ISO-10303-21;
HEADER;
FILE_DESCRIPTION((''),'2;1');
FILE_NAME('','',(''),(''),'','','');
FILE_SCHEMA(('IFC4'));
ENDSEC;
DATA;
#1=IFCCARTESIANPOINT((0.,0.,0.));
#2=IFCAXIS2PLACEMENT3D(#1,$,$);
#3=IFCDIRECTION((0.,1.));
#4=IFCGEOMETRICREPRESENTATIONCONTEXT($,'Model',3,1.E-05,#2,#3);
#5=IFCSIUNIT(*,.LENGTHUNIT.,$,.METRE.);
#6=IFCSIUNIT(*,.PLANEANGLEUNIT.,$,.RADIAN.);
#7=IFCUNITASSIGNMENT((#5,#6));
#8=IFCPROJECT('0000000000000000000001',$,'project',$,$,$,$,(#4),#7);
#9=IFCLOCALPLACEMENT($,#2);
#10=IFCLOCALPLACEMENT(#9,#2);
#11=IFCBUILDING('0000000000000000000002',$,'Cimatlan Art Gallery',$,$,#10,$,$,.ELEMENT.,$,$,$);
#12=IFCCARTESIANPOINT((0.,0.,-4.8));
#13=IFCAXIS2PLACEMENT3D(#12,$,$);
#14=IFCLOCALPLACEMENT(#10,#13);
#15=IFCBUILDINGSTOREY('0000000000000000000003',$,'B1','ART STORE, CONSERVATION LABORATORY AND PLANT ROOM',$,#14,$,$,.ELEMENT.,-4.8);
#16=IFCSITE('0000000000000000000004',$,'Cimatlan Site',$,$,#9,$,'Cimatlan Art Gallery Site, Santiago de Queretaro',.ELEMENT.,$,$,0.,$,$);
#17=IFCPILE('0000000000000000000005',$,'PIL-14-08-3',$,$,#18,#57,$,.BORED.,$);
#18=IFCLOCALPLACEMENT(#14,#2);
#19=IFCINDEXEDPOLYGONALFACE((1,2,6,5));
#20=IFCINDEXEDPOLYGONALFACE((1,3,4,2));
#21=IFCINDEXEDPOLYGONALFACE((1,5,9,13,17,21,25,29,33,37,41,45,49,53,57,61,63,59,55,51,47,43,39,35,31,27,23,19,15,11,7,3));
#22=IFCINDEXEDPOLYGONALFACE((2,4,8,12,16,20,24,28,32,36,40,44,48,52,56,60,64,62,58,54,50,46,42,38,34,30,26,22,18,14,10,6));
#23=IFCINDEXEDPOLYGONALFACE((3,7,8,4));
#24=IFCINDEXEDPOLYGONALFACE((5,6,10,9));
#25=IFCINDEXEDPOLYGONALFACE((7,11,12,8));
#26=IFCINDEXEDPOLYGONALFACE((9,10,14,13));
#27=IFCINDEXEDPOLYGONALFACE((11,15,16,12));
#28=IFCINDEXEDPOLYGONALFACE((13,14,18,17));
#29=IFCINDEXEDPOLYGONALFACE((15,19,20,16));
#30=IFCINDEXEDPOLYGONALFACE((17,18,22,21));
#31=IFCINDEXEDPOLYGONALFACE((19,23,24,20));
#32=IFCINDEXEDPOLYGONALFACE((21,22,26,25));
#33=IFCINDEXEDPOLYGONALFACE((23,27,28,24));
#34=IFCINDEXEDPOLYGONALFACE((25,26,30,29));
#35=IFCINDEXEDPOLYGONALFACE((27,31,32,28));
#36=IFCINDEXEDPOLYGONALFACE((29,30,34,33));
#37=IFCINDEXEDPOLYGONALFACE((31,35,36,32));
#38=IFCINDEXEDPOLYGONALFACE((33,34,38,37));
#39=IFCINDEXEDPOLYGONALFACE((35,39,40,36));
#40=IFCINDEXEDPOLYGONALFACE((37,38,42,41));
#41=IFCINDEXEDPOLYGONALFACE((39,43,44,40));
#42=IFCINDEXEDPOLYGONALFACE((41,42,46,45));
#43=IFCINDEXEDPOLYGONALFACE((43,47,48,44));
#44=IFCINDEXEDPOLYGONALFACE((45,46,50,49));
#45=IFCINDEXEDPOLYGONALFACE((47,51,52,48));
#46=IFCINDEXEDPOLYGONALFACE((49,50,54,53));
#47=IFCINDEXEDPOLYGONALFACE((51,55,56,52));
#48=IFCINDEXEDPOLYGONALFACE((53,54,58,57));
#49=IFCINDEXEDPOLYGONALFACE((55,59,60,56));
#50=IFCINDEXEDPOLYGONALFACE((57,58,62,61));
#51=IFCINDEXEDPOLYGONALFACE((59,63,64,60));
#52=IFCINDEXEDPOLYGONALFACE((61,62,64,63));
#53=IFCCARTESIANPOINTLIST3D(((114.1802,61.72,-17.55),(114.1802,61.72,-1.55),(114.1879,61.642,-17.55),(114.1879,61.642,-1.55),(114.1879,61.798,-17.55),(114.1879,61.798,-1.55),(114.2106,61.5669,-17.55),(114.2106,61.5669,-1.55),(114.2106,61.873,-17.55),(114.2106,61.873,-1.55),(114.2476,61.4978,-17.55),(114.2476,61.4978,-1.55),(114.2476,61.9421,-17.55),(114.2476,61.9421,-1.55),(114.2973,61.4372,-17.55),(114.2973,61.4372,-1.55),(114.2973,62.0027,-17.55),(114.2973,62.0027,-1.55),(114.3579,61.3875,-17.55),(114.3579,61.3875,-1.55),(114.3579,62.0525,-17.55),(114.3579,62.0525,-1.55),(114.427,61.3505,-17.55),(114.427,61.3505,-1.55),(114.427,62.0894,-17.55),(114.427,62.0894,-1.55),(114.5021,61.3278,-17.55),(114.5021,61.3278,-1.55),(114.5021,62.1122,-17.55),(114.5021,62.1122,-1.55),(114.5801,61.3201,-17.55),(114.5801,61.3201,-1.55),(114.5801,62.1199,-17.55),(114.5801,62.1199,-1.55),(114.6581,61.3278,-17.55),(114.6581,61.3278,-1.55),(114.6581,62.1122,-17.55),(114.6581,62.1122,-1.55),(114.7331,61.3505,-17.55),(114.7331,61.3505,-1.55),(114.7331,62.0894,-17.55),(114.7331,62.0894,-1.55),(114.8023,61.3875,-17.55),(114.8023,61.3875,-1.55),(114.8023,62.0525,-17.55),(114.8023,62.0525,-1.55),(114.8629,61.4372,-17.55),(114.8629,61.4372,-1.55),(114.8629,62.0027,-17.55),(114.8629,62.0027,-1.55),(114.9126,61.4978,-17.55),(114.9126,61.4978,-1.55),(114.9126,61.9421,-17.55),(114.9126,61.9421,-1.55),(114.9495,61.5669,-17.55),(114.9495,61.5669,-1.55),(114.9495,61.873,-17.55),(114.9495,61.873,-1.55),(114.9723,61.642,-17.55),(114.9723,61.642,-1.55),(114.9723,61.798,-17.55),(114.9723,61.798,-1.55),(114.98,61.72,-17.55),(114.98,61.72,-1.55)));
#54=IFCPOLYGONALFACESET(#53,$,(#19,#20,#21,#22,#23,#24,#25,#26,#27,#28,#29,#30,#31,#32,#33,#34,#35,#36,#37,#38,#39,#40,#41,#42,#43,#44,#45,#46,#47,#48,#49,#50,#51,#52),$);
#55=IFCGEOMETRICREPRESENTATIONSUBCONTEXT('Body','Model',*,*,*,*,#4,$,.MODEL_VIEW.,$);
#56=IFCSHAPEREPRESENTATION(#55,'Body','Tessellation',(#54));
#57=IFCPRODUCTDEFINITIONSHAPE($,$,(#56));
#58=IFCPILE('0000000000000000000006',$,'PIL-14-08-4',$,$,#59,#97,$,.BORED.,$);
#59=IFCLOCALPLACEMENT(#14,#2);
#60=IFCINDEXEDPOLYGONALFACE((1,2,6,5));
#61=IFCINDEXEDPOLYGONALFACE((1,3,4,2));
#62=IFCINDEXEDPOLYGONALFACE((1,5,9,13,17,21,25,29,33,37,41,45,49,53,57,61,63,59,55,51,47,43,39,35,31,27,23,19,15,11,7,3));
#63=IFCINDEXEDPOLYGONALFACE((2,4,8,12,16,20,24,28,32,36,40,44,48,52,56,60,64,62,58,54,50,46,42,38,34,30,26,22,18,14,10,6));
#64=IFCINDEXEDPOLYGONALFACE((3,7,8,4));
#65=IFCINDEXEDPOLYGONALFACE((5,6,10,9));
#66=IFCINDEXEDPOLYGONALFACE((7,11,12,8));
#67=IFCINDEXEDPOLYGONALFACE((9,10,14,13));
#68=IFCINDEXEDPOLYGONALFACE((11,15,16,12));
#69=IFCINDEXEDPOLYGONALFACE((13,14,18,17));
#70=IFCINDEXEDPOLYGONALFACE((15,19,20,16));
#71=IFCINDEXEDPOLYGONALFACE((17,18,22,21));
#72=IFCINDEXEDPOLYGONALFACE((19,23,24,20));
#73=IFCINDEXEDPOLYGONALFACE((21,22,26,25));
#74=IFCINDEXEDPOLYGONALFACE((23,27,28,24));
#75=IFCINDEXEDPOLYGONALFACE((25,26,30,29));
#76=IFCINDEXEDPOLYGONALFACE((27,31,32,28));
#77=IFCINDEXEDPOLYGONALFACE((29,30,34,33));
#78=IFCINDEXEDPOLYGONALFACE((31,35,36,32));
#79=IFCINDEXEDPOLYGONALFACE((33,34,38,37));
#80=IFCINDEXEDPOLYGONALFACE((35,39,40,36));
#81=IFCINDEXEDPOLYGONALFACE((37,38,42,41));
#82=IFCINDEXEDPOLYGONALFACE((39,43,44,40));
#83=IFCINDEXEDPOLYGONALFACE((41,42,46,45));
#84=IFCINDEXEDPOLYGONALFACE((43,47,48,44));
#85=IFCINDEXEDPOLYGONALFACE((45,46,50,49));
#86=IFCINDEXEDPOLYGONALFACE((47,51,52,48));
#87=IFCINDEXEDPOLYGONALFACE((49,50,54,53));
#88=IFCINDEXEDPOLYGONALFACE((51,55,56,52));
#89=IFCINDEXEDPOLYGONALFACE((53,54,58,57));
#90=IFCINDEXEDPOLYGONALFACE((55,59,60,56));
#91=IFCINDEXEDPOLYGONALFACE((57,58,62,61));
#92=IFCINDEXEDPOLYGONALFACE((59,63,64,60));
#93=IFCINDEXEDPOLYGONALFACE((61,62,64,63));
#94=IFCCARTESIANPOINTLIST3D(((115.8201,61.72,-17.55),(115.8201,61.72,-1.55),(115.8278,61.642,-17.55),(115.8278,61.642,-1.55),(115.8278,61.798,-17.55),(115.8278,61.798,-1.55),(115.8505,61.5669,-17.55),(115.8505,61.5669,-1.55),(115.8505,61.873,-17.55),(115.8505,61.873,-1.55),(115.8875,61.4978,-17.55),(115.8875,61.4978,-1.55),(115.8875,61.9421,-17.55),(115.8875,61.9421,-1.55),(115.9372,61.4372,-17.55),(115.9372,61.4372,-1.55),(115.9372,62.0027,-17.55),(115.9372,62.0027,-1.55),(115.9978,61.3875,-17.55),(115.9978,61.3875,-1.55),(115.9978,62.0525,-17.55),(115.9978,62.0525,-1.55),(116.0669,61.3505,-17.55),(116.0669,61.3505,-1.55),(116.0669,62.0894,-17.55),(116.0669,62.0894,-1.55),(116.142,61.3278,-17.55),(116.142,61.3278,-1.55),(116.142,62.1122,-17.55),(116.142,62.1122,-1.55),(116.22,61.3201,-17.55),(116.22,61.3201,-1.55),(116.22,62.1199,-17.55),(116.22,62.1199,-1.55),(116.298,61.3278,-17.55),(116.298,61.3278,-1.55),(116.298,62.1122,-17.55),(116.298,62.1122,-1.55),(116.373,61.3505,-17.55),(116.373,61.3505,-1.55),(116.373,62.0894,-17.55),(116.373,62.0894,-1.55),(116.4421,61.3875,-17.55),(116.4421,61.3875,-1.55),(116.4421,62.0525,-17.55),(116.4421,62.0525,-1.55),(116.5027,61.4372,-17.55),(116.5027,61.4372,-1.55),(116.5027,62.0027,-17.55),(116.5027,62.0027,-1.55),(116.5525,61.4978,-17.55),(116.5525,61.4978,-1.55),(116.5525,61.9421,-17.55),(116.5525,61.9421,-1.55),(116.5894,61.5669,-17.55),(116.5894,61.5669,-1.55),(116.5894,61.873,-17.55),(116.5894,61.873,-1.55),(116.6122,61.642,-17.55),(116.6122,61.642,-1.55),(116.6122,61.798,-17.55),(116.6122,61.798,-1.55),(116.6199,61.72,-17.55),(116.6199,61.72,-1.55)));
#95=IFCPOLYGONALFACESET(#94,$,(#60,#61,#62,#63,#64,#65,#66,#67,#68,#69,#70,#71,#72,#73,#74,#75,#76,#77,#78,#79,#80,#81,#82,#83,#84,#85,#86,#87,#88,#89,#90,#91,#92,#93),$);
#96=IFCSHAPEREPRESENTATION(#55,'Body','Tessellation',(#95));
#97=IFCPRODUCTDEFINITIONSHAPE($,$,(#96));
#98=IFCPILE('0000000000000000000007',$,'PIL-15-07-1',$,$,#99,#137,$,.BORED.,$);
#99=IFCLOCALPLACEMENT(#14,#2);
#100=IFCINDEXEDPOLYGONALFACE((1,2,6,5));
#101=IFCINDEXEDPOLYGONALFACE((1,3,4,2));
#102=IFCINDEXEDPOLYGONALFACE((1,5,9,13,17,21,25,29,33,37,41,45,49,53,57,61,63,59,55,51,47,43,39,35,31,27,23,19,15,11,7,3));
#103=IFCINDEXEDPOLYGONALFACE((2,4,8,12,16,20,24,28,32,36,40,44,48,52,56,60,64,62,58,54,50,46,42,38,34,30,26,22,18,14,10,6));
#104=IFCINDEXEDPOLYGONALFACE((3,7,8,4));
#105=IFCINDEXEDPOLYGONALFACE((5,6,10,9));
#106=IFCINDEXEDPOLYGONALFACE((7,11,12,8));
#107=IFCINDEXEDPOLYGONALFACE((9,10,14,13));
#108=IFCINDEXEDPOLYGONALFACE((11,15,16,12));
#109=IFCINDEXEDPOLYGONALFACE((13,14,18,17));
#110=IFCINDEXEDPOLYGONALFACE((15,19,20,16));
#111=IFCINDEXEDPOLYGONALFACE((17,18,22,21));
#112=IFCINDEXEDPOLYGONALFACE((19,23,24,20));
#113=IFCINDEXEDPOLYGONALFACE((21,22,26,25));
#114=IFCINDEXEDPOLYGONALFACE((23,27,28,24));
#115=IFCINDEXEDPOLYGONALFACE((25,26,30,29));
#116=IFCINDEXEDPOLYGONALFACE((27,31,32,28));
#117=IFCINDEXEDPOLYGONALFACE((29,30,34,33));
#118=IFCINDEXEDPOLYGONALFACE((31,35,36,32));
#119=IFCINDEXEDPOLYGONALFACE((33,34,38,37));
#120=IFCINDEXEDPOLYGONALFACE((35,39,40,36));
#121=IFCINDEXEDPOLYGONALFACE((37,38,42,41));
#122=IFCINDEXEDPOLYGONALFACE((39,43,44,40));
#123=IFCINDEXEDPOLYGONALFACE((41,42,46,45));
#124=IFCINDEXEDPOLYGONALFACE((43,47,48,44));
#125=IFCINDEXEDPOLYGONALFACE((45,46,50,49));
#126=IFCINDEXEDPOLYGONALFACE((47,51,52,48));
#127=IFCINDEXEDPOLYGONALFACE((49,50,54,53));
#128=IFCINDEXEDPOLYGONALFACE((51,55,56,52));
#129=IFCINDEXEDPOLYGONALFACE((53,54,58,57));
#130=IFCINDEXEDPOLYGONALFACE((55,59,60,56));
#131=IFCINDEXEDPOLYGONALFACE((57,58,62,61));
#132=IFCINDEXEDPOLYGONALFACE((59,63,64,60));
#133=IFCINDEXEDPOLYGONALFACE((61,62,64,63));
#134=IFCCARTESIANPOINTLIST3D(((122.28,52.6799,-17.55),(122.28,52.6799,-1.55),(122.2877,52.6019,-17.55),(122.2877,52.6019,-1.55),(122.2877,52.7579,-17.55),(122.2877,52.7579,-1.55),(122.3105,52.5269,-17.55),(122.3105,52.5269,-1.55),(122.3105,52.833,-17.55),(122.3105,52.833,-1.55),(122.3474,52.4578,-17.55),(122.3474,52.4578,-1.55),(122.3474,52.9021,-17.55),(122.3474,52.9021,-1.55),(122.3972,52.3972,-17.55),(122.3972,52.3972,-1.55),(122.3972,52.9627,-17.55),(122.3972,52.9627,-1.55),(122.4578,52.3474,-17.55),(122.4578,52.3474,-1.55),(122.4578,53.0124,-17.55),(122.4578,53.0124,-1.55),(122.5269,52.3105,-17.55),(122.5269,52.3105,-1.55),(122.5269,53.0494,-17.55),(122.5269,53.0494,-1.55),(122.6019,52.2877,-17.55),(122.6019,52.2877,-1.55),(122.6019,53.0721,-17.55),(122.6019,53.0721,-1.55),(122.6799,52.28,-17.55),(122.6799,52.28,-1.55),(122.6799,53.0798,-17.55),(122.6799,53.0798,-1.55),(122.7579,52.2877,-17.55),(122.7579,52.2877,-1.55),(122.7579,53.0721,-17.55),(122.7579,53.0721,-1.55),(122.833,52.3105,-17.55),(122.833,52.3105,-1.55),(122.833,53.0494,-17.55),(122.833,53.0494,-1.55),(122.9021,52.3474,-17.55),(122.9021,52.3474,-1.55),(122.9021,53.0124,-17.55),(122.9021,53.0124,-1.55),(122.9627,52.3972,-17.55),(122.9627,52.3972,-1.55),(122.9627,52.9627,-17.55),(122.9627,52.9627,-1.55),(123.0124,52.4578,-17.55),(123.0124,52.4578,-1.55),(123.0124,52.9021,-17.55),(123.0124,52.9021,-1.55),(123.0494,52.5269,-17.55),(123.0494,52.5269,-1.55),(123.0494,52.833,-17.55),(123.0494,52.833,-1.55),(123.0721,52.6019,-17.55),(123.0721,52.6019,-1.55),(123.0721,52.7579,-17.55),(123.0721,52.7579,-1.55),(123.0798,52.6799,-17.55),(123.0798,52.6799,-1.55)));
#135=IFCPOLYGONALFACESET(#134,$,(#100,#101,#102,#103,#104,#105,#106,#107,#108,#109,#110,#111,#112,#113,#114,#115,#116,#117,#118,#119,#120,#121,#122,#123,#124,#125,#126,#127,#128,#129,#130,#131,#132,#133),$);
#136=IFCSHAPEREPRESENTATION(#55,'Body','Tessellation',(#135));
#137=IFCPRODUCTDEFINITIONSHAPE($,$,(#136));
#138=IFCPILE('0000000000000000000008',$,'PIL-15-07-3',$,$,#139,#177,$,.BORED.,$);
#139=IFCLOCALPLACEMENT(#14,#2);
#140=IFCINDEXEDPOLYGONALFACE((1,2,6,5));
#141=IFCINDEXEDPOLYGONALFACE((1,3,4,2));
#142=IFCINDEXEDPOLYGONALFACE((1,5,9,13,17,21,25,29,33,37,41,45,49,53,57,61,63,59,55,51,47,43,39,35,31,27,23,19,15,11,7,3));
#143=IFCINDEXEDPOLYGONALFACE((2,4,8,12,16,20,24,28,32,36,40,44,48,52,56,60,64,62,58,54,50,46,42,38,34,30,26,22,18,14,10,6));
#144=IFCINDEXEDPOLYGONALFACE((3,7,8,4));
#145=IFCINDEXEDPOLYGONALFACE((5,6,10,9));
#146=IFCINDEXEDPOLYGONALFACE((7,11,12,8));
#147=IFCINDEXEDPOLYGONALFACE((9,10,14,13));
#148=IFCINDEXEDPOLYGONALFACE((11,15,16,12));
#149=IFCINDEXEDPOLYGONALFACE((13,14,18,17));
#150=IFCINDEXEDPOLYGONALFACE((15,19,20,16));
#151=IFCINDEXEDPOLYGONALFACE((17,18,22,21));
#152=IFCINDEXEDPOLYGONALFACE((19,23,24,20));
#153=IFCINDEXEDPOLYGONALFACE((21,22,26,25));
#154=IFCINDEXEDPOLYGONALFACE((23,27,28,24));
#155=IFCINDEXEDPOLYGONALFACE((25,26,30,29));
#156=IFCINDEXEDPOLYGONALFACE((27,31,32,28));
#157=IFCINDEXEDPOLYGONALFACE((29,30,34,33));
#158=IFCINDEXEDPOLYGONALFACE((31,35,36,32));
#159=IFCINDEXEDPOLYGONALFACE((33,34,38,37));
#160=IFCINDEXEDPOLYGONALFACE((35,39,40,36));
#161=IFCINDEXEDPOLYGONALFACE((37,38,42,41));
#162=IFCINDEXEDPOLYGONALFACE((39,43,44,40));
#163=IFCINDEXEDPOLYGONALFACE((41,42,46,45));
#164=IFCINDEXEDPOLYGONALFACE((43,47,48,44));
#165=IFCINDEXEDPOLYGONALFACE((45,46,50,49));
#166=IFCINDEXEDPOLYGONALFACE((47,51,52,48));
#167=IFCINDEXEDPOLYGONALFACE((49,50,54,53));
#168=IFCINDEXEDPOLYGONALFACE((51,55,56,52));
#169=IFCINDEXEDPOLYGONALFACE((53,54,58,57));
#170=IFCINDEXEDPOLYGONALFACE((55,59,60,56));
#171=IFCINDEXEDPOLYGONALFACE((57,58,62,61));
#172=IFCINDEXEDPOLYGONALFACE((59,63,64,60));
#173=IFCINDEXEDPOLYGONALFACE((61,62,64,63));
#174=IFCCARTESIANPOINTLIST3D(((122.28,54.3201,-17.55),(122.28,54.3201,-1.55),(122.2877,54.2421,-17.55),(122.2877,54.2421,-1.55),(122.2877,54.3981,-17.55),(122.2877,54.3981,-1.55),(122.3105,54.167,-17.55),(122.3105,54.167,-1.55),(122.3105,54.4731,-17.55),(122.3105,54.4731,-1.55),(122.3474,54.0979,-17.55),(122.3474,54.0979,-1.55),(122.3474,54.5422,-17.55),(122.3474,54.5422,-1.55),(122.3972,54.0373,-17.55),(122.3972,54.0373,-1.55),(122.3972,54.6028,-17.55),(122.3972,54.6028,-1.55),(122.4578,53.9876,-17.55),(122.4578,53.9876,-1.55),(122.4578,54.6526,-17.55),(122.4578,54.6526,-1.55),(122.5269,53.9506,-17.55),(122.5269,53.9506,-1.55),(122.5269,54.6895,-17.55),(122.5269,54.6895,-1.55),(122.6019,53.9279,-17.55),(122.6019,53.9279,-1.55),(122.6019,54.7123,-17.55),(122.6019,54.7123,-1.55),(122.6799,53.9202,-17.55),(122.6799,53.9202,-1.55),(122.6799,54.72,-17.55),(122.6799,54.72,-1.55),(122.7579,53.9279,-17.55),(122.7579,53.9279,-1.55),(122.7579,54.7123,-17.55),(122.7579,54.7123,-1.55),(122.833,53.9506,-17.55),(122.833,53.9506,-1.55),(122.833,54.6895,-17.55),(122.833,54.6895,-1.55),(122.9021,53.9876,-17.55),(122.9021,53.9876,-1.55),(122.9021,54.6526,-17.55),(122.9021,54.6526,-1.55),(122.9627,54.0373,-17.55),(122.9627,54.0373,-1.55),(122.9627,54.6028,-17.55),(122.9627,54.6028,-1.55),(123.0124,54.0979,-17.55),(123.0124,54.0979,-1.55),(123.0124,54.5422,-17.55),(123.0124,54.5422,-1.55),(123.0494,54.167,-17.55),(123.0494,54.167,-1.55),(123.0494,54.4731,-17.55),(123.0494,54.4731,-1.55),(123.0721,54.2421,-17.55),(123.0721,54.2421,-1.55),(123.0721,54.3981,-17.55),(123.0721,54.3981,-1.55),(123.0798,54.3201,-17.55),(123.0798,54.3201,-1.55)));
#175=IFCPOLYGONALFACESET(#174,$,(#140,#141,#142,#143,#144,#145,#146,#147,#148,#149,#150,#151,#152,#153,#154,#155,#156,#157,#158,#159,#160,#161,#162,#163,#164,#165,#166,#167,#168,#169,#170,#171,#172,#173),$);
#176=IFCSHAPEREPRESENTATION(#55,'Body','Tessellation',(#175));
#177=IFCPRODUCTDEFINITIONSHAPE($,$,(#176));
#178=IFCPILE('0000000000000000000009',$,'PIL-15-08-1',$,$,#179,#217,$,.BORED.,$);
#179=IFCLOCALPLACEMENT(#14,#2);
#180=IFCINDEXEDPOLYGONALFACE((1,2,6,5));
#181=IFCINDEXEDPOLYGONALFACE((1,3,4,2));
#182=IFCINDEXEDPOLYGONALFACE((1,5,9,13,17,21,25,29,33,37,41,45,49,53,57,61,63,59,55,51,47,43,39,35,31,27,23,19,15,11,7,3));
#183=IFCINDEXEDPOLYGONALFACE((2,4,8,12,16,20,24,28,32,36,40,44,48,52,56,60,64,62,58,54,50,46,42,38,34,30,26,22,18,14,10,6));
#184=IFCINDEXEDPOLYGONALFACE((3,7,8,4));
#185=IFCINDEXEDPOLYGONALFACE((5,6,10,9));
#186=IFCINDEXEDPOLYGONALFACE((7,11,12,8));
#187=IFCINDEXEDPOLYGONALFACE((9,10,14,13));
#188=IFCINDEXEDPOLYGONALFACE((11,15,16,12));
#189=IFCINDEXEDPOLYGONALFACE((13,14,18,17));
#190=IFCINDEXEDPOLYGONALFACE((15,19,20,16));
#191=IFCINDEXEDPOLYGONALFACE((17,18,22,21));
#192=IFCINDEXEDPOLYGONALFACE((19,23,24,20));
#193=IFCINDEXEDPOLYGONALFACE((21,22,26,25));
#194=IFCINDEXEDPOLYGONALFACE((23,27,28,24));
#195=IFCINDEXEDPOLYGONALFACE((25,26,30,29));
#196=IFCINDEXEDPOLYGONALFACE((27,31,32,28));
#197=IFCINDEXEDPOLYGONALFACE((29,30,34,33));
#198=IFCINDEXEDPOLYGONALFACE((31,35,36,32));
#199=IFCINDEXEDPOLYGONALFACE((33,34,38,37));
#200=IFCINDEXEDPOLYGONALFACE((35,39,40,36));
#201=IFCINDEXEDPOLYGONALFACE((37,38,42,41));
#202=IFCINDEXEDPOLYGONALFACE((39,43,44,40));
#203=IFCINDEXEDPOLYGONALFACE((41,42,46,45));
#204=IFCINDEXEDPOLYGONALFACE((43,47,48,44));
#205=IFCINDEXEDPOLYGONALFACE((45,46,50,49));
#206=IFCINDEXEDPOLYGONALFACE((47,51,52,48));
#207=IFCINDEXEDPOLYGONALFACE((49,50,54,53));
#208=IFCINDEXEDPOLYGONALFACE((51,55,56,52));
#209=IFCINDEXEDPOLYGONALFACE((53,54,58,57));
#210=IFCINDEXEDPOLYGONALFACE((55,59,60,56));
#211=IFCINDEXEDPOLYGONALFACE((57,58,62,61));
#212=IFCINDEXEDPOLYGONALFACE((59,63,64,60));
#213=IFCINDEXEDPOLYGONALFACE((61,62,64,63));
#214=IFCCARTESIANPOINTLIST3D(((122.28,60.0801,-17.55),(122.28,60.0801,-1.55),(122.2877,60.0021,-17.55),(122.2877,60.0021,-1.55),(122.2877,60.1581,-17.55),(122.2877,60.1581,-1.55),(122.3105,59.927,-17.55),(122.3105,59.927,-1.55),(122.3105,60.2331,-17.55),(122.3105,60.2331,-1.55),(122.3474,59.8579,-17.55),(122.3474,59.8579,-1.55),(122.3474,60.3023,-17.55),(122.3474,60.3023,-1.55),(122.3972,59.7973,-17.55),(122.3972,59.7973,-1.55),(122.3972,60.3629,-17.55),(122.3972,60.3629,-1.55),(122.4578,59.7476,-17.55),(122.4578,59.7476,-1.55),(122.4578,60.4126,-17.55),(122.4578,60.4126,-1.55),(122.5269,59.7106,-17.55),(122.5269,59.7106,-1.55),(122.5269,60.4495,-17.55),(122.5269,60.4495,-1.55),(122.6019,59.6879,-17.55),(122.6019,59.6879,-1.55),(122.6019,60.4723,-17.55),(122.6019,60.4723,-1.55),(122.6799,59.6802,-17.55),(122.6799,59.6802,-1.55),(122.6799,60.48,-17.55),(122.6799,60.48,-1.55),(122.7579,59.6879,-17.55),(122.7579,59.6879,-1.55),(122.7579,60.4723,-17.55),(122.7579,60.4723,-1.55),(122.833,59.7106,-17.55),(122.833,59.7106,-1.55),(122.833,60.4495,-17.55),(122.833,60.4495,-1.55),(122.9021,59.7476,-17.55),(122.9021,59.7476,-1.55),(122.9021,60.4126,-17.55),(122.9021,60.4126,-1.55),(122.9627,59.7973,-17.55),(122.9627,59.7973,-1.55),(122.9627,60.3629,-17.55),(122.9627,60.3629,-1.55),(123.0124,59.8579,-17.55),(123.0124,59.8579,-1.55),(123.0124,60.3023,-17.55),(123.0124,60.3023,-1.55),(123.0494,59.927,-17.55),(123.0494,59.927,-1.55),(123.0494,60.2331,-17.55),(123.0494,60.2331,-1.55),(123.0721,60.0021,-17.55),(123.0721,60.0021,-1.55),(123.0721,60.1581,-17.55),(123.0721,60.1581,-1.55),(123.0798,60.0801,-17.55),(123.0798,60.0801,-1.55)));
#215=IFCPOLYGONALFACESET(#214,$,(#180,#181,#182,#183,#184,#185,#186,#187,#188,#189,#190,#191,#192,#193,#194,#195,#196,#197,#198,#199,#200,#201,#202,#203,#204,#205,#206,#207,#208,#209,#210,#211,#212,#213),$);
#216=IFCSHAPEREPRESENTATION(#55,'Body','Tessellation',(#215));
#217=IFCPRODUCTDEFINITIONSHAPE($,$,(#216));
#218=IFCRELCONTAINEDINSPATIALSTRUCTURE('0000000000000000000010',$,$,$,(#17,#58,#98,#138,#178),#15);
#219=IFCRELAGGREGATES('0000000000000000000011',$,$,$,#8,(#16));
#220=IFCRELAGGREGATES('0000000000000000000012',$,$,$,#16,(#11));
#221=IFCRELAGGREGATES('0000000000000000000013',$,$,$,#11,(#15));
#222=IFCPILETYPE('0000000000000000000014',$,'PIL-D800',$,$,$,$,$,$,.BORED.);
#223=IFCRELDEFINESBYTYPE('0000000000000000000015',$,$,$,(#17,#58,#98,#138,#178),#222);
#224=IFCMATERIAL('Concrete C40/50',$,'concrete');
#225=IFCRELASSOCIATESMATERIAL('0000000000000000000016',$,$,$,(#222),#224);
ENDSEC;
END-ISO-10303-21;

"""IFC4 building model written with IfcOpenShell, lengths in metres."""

from ifc_helpers import new_model, si_unit, direction, frame, origin, origin_2d, place, context, subcontext, project, spatial, circle, extrude, material, type_object, element, save


model = new_model("IFC4")

# Units and contexts
model_context = context("Model", 3, precision=1e-05, world=origin(), true_north=direction((0.0, 1.0)))
body_context = subcontext(model_context, "Body", "Model", "MODEL_VIEW")
ifc_project = project(units=[si_unit("LENGTHUNIT", "METRE"), si_unit("PLANEANGLEUNIT", "RADIAN")], contexts=[model_context])

# Site, building, storey
site_placement = place(None, origin())
site = spatial("IfcSite", under=ifc_project, at=site_placement, Name="Cimatlan Site", LongName="Cimatlan Art Gallery Site, Santiago de Queretaro", CompositionType="ELEMENT", RefElevation=0.0)
building_placement = place(site_placement, origin())
building = spatial("IfcBuilding", under=site, at=building_placement, Name="Cimatlan Art Gallery", CompositionType="ELEMENT")
storey_placement = place(building_placement, frame((0.0, 0.0, -4.8)))
storey = spatial("IfcBuildingStorey", under=building, at=storey_placement, Name="B1", Description="ART STORE, CONSERVATION LABORATORY AND PLANT ROOM", CompositionType="ELEMENT", Elevation=-4.8)

# Shared definitions
ifc_material_1 = material(Name="Concrete C40/50", Category="concrete")

# Piles
pile_type = type_object("IfcPileType", Name="PIL-D800", PredefinedType="BORED", material=ifc_material_1)
for number, where, z_axis, x_axis, name in (
    (1, (114.5801, 61.72, -1.55), (0.0, 0.0, -1.0), (1.0, 0.0, 0.0), "PIL-14-08-3"),
    (2, (116.22, 61.72, -1.55), (0.0, 0.0, -1.0), (1.0, 0.0, 0.0), "PIL-14-08-4"),
    (3, (122.6799, 52.6799, -1.55), (0.0, 0.0, -1.0), (1.0, 0.0, 0.0), "PIL-15-07-1"),
    (4, (122.6799, 54.3201, -1.55), (0.0, 0.0, -1.0), (1.0, 0.0, 0.0), "PIL-15-07-3"),
    (5, (122.6799, 60.0801, -1.55), (0.0, 0.0, -1.0), (1.0, 0.0, 0.0), "PIL-15-08-1"),
):
    element("IfcPile", number, at=place(storey_placement, frame(where, z_axis=z_axis, x_axis=x_axis)), inside=storey, type_object=pile_type, Name=name, PredefinedType="BORED", context=body_context, shape_type="SweptSolid", body=[
        extrude(circle(Radius=0.3999, at=origin_2d()), origin(), (0.0, 0.0, 1.0), 16.0),
    ])

save(model, "model.ifc")
